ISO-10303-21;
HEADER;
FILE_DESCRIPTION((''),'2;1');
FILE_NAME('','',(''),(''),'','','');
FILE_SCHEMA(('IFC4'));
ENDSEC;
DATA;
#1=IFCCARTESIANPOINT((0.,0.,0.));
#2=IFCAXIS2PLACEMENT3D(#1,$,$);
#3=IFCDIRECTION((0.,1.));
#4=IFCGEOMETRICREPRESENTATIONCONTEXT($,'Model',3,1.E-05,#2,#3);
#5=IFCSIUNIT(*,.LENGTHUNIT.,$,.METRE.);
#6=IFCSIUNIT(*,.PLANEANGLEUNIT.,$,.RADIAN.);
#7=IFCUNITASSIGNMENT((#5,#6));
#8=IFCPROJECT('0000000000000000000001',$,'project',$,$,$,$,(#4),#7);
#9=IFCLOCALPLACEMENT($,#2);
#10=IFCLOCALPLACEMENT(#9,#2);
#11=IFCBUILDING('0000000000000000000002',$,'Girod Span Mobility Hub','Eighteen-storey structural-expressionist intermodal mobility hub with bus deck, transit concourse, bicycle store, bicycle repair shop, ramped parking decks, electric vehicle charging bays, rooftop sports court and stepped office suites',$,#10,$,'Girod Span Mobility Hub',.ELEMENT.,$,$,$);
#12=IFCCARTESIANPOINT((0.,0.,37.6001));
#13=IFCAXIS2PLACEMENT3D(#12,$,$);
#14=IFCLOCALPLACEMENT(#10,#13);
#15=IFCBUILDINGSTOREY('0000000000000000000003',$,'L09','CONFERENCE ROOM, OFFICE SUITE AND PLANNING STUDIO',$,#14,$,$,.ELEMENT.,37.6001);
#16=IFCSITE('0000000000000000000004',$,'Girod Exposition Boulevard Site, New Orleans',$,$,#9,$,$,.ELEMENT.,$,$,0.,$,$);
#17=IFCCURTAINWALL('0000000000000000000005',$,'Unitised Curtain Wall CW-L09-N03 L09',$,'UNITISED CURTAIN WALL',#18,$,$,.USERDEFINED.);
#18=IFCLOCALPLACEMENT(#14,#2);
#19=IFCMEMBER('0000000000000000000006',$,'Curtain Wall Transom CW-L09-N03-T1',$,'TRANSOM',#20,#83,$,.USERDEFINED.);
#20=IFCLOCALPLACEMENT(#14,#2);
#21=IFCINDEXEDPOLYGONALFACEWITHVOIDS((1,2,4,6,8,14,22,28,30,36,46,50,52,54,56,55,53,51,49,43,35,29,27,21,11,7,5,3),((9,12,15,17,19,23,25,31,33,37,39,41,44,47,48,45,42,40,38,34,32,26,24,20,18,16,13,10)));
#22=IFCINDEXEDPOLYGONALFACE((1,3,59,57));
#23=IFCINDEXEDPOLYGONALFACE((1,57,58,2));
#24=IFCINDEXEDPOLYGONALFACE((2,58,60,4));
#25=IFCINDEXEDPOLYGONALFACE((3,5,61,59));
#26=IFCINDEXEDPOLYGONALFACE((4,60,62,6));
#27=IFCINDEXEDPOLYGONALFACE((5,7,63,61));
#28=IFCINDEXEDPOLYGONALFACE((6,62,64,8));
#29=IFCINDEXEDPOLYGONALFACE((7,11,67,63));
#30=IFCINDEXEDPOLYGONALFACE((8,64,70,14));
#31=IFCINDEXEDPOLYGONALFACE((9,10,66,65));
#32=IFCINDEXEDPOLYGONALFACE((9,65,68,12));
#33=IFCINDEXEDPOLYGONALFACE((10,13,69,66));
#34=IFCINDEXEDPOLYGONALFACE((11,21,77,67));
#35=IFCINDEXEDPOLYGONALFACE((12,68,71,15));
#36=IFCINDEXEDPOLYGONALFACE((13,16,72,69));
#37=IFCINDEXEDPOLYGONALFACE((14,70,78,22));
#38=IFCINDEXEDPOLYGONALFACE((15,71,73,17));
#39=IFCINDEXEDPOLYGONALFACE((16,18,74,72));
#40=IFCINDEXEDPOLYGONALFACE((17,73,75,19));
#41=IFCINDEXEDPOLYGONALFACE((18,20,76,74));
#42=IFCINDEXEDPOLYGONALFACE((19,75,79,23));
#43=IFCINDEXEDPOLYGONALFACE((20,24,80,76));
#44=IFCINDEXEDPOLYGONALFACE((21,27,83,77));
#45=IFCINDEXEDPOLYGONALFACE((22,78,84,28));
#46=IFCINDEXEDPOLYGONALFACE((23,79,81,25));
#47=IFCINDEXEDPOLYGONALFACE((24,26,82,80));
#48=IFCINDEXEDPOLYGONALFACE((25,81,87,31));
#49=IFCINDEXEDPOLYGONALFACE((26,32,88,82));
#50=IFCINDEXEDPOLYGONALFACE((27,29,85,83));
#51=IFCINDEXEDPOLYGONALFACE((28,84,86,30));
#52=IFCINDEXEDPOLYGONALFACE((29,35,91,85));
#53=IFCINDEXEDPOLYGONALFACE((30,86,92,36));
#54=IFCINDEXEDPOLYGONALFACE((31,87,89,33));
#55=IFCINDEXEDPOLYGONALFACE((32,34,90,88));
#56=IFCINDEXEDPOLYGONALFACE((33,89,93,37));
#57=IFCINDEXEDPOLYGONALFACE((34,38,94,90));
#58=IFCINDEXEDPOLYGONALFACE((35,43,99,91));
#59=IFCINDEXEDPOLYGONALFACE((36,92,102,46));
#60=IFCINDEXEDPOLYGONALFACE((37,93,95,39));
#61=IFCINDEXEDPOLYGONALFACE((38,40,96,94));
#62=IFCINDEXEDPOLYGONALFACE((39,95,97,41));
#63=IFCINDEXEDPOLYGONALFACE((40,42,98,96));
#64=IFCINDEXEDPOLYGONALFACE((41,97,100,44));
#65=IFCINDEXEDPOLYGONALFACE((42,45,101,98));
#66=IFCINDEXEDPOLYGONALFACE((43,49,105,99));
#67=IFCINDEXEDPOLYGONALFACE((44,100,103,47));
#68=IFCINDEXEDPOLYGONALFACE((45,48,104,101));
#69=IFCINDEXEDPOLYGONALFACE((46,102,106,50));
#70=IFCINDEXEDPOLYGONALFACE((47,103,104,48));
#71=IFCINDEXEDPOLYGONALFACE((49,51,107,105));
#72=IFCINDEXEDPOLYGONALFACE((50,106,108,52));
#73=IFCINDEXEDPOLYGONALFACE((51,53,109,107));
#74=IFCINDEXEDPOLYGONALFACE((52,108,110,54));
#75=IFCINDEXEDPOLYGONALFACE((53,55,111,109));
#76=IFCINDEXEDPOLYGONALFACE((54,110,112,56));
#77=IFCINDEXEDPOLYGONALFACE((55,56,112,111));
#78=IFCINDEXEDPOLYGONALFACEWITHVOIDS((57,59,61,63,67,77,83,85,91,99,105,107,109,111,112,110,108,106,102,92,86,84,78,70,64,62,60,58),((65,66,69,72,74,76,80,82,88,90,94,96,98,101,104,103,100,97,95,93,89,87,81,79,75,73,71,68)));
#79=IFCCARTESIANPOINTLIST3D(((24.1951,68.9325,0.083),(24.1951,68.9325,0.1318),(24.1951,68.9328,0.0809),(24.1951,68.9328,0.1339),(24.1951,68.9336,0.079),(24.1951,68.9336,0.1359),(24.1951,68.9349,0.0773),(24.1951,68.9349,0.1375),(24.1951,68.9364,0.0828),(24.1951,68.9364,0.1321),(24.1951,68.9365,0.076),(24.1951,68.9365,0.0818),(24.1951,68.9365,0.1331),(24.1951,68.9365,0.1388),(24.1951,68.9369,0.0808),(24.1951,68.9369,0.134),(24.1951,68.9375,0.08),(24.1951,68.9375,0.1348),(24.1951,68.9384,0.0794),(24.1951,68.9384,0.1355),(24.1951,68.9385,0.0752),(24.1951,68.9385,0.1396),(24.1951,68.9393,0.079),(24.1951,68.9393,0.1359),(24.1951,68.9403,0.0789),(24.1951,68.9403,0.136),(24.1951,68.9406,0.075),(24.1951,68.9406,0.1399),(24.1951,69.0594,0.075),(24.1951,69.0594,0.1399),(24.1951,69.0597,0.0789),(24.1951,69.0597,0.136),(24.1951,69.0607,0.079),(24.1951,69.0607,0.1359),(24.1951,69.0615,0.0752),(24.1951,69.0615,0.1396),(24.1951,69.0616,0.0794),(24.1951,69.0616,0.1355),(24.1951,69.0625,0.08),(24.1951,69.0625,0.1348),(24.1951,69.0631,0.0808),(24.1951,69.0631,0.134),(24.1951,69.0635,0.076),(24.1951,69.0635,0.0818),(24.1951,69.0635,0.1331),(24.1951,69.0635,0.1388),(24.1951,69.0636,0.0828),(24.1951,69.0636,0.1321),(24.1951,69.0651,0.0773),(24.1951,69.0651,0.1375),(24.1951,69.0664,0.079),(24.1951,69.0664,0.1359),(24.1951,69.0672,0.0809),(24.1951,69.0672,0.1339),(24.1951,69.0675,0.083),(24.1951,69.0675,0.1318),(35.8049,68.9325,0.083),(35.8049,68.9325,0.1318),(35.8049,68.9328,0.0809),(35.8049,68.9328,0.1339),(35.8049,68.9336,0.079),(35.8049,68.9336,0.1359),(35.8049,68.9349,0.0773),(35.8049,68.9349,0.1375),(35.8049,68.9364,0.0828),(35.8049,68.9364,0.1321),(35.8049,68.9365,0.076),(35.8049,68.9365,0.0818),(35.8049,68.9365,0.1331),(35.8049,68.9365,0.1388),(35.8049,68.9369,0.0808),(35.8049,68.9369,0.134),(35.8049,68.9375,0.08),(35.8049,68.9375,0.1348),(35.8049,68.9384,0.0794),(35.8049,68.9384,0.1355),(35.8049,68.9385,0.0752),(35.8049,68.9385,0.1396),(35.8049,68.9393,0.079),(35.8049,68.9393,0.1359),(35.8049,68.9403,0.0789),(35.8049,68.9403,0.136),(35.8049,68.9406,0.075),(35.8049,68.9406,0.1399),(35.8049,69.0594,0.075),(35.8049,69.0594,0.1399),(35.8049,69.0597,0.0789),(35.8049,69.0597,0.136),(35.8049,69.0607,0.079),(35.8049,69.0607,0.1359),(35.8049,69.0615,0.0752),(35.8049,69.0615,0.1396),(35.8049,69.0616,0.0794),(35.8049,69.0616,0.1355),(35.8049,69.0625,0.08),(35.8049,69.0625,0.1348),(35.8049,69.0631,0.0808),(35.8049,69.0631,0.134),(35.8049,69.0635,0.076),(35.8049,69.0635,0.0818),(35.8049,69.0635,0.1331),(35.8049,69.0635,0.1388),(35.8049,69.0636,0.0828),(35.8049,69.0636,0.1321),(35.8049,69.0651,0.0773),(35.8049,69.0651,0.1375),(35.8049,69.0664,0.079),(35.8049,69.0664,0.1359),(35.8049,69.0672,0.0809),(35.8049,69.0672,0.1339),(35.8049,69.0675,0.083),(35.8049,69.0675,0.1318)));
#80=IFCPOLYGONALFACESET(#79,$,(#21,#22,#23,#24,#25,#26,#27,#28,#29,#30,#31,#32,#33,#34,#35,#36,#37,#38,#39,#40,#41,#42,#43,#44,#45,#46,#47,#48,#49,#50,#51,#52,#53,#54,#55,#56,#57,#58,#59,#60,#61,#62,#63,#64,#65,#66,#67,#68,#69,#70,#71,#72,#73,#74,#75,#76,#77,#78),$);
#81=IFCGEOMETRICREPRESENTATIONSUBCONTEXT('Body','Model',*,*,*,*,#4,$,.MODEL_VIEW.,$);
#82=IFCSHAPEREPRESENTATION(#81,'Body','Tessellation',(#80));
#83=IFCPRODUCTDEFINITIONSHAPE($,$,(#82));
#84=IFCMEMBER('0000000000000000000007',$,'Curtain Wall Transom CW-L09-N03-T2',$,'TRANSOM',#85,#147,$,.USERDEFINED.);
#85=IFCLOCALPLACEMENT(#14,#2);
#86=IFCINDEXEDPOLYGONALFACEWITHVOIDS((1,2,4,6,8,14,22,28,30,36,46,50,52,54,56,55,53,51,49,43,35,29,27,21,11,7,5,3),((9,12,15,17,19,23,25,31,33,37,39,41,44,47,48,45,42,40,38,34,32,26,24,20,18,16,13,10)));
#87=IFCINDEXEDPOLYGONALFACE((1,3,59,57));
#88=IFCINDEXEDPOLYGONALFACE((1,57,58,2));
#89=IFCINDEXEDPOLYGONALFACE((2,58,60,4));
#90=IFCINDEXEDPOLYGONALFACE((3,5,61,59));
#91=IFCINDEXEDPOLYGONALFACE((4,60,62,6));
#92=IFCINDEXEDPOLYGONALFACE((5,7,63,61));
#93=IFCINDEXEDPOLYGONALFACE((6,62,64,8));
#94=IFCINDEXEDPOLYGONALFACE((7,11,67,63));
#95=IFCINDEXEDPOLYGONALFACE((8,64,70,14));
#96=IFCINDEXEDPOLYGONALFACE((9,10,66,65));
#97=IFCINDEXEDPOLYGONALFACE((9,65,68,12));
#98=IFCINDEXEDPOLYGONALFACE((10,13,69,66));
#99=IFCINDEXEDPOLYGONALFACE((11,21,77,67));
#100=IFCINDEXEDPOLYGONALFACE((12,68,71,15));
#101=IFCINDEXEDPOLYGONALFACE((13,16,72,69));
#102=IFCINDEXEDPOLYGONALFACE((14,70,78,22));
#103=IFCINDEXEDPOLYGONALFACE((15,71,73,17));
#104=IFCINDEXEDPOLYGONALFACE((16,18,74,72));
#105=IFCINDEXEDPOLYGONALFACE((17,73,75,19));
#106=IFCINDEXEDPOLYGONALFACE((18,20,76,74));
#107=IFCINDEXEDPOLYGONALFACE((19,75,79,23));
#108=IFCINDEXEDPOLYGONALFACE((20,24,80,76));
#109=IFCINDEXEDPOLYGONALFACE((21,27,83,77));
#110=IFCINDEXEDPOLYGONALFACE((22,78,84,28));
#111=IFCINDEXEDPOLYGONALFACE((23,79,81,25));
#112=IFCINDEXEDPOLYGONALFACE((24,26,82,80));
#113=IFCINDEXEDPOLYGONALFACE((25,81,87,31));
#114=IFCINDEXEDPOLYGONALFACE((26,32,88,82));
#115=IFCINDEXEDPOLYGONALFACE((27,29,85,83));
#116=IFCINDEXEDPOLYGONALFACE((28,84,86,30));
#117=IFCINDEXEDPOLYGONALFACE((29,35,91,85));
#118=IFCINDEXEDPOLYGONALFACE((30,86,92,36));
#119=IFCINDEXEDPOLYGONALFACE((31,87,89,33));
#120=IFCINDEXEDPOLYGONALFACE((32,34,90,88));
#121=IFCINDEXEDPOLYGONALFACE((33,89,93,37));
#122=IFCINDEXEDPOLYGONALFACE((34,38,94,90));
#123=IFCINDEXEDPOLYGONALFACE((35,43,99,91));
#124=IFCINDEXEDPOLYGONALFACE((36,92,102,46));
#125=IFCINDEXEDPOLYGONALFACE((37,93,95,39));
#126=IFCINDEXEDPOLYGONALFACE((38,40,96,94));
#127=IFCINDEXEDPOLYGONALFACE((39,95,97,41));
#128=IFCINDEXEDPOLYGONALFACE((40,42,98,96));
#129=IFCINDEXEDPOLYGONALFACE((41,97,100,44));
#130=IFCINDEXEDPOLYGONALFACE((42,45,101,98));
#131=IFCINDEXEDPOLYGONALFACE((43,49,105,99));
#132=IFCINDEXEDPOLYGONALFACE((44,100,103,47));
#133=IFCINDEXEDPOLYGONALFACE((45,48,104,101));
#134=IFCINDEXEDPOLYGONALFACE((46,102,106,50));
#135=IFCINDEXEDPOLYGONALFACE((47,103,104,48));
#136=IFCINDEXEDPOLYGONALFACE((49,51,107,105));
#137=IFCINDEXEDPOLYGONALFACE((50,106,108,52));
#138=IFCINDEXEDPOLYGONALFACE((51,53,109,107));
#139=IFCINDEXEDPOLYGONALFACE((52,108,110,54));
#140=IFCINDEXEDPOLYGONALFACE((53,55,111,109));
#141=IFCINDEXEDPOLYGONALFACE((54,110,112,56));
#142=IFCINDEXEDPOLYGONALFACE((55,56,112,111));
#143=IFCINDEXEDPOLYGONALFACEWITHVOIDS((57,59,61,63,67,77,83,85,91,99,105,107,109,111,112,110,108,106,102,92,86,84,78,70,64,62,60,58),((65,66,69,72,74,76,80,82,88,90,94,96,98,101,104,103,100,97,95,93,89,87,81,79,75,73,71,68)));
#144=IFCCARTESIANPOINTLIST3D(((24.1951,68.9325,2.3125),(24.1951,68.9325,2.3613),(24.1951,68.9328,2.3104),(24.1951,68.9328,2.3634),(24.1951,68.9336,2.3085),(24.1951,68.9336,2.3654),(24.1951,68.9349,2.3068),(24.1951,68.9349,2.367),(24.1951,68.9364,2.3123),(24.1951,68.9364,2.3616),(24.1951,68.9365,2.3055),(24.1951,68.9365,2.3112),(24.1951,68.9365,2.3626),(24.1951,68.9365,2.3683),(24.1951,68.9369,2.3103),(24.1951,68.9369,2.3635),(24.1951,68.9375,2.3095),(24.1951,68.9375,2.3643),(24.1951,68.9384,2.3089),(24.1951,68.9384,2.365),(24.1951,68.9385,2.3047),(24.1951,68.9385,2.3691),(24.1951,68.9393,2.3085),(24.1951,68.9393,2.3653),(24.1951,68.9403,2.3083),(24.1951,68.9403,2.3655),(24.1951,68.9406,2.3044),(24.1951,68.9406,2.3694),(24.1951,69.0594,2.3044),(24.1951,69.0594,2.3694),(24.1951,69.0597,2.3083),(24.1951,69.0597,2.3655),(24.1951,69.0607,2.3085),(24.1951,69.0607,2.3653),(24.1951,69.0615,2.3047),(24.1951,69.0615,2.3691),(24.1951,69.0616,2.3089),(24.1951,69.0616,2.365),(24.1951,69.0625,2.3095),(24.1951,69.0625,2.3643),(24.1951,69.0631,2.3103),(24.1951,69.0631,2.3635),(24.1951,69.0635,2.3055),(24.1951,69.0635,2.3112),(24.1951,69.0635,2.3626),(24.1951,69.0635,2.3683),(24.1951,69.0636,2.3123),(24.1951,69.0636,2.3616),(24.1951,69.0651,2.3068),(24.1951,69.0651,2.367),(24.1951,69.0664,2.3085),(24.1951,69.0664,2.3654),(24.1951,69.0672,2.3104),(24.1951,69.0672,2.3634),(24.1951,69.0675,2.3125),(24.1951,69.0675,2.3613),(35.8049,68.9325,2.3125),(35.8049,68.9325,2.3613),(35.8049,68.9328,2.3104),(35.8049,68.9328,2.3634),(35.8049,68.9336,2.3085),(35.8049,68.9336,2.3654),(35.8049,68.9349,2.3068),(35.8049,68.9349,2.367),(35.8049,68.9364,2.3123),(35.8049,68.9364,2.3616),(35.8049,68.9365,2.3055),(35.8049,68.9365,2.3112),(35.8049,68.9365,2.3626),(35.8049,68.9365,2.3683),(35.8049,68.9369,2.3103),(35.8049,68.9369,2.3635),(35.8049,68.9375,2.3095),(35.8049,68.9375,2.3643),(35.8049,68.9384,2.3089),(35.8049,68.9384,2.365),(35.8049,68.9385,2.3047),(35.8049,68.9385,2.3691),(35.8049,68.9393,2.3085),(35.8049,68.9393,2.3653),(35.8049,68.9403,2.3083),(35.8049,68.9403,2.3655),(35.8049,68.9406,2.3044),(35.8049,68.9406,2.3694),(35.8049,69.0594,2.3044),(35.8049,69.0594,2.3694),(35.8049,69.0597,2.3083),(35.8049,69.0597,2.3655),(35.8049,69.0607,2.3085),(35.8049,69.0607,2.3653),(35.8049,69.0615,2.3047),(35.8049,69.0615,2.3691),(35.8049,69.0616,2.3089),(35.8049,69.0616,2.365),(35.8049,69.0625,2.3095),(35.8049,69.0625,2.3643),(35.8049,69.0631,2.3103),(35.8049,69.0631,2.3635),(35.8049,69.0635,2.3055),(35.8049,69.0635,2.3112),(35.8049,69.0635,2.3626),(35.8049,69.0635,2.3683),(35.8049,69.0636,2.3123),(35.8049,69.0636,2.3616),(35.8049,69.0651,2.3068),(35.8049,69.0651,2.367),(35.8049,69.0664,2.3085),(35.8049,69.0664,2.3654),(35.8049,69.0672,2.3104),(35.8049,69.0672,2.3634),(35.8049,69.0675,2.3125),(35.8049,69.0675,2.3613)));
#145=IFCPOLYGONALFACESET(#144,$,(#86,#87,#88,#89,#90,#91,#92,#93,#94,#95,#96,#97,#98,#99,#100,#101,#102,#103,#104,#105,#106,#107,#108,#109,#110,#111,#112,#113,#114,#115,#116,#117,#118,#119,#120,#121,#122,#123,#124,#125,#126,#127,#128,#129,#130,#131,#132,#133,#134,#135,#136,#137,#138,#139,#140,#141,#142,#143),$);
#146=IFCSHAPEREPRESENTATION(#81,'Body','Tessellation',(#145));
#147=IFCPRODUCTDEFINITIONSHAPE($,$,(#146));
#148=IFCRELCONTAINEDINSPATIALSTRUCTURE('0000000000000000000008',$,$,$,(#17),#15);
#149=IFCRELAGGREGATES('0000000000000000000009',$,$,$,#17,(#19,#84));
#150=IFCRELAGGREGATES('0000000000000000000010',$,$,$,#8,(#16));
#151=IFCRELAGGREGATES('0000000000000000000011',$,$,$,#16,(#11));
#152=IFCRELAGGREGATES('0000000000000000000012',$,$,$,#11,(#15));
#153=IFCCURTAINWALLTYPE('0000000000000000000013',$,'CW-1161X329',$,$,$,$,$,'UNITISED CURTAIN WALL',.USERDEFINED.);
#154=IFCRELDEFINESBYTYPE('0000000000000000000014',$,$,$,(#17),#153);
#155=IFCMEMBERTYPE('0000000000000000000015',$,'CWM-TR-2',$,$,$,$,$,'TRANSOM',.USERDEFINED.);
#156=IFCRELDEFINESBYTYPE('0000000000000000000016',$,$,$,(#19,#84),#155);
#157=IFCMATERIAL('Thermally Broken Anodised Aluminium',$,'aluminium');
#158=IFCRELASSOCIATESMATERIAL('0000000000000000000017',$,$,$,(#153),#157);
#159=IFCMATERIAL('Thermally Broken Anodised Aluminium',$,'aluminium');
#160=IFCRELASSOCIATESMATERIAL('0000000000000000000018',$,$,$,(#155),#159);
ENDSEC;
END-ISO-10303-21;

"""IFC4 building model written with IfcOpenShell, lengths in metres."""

from ifc_helpers import new_model, si_unit, direction, frame, origin, origin_2d, place, context, subcontext, project, spatial, hollow_rectangle, extrude, material, material_profile, profile_set, type_object, element, aggregate, save


model = new_model("IFC4")

# Units and contexts
model_context = context("Model", 3, precision=1e-05, world=origin(), true_north=direction((0.0, 1.0)))
body_context = subcontext(model_context, "Body", "Model", "MODEL_VIEW")
ifc_project = project(units=[si_unit("LENGTHUNIT", "METRE"), si_unit("PLANEANGLEUNIT", "RADIAN")], contexts=[model_context])

# Site, building, storey
site_placement = place(None, origin())
site = spatial("IfcSite", under=ifc_project, at=site_placement, Name="Girod Exposition Boulevard Site, New Orleans", CompositionType="ELEMENT", RefElevation=0.0)
building_placement = place(site_placement, origin())
building = spatial("IfcBuilding", under=site, at=building_placement, Name="Girod Span Mobility Hub", Description="Eighteen-storey structural-expressionist intermodal mobility hub with bus deck, transit concourse, bicycle store, bicycle repair shop, ramped parking decks, electric vehicle charging bays, rooftop sports court and stepped office suites", LongName="Girod Span Mobility Hub", CompositionType="ELEMENT")
storey_placement = place(building_placement, frame((0.0, 0.0, 37.6001)))
storey = spatial("IfcBuildingStorey", under=building, at=storey_placement, Name="L09", Description="CONFERENCE ROOM, OFFICE SUITE AND PLANNING STUDIO", CompositionType="ELEMENT", Elevation=37.6001)

# Curtain wall, members
ifc_material_1 = material(Name="Thermally Broken Anodised Aluminium", Category="aluminium")
curtain_wall_type = type_object("IfcCurtainWallType", Name="CW-1161X329", ElementType="UNITISED CURTAIN WALL", PredefinedType="USERDEFINED", material=ifc_material_1)
curtain_wall_placement = place(storey_placement, origin())
curtain_wall = element("IfcCurtainWall", 1, at=curtain_wall_placement, inside=storey, type_object=curtain_wall_type, Name="Unitised Curtain Wall CW-L09-N03 L09", ObjectType="UNITISED CURTAIN WALL", PredefinedType="USERDEFINED")
ifc_material_2 = material(Name="Thermally Broken Anodised Aluminium", Category="aluminium")
ifc_material_profile_1 = material_profile(ifc_material_2, hollow_rectangle(XDim=0.135, YDim=0.0649, WallThickness=0.0039, InnerFilletRadius=0.0039, OuterFilletRadius=0.0081, at=origin_2d()), Name="CW-TR-65X135")
ifc_profile_set_1 = profile_set([ifc_material_profile_1], Name="Thermally Broken Anodised Aluminium")
member_type_1 = type_object("IfcMemberType", Name="CWM-TR-2", ElementType="TRANSOM", PredefinedType="USERDEFINED", material=ifc_profile_set_1)
member_1_placement = place(storey_placement, frame((24.1951, 69.0, 0.1074), z_axis=(1.0, 0.0, 0.0), x_axis=(0.0, 1.0, 0.0)))
member_1 = element("IfcMember", 2, at=member_1_placement, type_object=member_type_1, Name="Curtain Wall Transom CW-L09-N03-T1", ObjectType="TRANSOM", PredefinedType="USERDEFINED", context=body_context, shape_type="SweptSolid", body=[
    extrude(hollow_rectangle(XDim=0.135, YDim=0.0649, WallThickness=0.0039, InnerFilletRadius=0.0039, OuterFilletRadius=0.0081, at=origin_2d()), origin(), (0.0, 0.0, 1.0), 11.6099),
])
member_2_placement = place(storey_placement, frame((24.1951, 69.0, 2.3369), z_axis=(1.0, 0.0, 0.0), x_axis=(0.0, 1.0, 0.0)))
member_2 = element("IfcMember", 3, at=member_2_placement, type_object=member_type_1, Name="Curtain Wall Transom CW-L09-N03-T2", ObjectType="TRANSOM", PredefinedType="USERDEFINED", context=body_context, shape_type="SweptSolid", body=[
    extrude(hollow_rectangle(XDim=0.135, YDim=0.0649, WallThickness=0.0039, InnerFilletRadius=0.0039, OuterFilletRadius=0.0081, at=origin_2d()), origin(), (0.0, 0.0, 1.0), 11.6099),
])

aggregate(curtain_wall, [member_1, member_2])

save(model, "model.ifc")
